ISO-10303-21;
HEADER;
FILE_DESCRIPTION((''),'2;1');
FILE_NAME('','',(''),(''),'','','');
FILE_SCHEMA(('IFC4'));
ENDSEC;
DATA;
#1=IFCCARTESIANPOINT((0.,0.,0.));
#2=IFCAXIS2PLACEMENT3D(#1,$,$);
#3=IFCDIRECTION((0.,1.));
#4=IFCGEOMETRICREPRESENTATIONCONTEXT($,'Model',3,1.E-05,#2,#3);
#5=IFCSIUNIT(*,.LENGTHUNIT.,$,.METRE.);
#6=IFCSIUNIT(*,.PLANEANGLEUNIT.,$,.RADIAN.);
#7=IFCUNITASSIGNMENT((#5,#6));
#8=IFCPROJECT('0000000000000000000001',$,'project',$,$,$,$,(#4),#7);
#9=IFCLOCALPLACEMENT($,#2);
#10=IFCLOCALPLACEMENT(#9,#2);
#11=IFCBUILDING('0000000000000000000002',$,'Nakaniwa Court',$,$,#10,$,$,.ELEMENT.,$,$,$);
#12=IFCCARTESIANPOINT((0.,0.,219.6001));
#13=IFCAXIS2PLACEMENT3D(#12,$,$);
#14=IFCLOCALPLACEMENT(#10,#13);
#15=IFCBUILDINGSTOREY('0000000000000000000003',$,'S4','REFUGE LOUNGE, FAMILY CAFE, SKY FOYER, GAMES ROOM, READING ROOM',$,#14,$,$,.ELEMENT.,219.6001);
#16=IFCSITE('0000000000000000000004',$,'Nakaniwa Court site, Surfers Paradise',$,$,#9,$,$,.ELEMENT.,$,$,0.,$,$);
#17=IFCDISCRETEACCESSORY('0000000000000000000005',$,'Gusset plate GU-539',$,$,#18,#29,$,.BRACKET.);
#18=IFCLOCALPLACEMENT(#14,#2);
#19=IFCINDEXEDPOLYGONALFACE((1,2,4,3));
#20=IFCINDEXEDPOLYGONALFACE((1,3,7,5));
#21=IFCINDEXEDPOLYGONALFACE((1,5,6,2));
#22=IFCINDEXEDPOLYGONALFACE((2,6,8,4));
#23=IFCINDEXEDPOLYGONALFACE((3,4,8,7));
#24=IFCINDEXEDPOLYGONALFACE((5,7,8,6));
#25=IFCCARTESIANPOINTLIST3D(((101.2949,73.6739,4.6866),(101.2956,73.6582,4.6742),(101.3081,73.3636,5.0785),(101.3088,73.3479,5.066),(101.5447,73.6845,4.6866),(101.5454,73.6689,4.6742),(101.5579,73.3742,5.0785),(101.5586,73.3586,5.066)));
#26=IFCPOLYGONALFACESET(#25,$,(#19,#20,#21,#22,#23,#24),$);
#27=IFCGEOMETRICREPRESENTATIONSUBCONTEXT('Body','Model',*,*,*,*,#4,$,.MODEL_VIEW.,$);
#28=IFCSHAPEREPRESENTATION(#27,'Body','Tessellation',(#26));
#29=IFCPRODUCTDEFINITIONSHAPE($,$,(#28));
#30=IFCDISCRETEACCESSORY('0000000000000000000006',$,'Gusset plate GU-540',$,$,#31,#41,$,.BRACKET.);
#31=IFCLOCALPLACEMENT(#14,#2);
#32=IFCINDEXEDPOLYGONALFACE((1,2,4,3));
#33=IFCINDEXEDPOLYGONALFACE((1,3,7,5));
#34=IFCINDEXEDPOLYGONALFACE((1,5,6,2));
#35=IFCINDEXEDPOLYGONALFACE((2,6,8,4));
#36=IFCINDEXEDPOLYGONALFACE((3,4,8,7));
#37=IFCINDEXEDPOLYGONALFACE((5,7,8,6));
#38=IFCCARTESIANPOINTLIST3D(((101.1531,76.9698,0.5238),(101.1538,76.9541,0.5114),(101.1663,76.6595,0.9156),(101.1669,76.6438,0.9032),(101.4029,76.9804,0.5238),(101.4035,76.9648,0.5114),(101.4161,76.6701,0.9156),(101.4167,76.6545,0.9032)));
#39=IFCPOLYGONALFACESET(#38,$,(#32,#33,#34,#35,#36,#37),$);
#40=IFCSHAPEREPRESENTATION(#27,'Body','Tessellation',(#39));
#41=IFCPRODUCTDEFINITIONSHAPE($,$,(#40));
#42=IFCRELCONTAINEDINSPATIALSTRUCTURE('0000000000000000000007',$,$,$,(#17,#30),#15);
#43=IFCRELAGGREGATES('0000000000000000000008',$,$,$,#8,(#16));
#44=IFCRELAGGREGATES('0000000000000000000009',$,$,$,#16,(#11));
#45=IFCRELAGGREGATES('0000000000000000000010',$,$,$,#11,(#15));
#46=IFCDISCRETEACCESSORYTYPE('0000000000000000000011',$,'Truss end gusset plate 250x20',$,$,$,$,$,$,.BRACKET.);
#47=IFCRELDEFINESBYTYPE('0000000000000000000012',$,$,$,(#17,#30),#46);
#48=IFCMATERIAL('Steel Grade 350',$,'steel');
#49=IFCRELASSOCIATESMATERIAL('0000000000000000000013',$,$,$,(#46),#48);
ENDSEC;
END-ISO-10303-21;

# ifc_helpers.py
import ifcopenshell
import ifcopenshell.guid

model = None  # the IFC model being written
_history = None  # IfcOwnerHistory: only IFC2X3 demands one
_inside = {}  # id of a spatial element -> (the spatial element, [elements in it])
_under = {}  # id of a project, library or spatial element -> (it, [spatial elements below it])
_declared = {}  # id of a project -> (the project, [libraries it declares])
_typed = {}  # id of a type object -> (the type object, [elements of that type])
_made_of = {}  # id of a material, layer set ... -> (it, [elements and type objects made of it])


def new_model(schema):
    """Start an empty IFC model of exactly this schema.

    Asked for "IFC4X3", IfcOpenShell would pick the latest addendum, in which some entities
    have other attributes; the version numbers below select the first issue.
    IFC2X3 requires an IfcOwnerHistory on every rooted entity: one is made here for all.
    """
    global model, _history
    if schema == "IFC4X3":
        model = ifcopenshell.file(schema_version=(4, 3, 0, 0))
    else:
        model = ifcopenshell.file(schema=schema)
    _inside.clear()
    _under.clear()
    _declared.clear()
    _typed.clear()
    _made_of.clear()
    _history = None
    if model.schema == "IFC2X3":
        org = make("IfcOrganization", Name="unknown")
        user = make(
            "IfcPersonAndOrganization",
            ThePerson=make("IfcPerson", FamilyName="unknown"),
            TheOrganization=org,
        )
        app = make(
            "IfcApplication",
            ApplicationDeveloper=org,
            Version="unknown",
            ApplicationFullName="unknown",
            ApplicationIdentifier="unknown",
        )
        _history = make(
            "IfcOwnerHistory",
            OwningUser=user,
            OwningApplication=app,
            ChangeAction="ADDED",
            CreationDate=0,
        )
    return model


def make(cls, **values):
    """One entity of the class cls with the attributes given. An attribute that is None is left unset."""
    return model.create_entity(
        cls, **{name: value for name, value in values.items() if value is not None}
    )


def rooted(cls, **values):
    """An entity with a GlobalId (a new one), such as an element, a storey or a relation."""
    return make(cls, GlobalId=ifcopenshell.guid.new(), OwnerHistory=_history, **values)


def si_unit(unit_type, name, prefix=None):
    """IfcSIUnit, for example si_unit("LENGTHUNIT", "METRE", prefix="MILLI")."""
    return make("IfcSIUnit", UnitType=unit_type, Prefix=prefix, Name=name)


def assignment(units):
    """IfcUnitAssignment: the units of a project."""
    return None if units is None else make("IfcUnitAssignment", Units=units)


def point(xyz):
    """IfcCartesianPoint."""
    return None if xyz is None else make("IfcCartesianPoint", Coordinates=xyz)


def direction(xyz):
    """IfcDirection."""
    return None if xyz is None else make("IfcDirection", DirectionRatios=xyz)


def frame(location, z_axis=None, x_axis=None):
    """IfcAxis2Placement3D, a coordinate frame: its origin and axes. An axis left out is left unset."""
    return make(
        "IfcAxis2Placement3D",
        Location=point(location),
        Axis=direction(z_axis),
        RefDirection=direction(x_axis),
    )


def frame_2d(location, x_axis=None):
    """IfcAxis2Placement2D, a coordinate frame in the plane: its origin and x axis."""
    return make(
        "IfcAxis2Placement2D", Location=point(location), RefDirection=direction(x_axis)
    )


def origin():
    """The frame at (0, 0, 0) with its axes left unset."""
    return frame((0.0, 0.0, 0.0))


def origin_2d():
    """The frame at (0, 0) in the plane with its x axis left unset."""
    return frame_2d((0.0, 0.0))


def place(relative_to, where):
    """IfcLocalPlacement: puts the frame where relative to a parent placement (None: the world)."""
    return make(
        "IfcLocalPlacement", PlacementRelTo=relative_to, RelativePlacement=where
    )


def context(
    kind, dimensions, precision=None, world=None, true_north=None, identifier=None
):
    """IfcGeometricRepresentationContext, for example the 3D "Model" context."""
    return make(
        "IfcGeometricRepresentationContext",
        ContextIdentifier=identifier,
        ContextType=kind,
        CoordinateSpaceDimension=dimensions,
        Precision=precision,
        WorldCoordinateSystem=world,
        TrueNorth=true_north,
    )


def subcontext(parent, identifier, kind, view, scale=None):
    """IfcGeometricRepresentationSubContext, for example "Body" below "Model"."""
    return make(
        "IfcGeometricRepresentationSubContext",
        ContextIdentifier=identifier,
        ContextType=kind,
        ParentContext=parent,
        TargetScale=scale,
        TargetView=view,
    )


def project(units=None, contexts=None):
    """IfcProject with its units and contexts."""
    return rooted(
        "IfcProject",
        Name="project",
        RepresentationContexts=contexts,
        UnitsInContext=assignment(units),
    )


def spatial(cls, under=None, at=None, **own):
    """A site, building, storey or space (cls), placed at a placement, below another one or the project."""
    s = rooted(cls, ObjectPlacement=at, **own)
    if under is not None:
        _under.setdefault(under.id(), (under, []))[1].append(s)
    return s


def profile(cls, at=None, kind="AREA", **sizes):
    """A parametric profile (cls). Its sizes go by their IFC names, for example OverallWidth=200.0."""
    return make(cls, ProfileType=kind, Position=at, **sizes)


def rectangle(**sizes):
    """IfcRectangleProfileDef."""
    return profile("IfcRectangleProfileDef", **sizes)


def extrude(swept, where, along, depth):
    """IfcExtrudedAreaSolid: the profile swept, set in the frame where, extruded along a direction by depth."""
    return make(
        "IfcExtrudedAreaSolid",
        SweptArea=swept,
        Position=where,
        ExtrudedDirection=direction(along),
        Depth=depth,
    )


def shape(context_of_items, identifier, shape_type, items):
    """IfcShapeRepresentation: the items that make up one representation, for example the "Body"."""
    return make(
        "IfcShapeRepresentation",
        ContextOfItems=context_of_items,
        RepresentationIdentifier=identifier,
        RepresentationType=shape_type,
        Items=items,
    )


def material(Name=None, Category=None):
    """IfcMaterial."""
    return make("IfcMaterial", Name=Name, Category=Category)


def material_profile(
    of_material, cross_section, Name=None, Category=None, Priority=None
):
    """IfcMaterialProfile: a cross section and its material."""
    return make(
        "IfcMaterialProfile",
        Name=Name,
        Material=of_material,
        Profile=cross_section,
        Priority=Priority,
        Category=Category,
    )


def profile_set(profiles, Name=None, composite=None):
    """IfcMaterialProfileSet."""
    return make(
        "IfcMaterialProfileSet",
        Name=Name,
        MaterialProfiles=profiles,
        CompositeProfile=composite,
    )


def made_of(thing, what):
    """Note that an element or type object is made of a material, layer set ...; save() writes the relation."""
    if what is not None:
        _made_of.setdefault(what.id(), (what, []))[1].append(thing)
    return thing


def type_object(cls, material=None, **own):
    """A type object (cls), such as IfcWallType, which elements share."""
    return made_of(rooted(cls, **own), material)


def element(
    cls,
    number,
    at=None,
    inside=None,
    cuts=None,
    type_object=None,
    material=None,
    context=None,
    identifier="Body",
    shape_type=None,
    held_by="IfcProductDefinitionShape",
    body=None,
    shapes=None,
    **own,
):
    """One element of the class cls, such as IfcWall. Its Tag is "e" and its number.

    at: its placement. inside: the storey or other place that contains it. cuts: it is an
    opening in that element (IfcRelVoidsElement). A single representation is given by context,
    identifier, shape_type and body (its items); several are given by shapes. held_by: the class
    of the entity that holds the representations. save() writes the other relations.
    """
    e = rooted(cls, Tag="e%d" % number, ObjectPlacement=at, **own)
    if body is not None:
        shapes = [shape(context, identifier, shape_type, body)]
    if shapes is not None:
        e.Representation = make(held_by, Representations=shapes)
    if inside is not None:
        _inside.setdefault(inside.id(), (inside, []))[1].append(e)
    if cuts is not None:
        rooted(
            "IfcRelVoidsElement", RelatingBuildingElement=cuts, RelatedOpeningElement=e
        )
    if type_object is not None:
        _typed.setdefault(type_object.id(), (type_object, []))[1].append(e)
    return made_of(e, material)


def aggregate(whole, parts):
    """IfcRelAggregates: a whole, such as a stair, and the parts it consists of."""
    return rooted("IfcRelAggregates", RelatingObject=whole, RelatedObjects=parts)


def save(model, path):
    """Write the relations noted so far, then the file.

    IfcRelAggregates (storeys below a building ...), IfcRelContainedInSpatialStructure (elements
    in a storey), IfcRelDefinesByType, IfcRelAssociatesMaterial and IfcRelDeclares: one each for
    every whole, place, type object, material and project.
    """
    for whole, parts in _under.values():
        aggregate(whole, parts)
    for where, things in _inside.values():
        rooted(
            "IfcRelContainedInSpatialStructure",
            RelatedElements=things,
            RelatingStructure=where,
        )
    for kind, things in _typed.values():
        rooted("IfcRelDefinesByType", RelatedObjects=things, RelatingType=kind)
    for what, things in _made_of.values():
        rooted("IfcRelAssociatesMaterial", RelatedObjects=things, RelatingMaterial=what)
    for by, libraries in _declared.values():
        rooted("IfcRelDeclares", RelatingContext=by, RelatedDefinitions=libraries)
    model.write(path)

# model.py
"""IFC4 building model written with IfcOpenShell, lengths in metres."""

from ifc_helpers import new_model, si_unit, direction, frame, origin, origin_2d, place, context, subcontext, project, spatial, rectangle, extrude, material, material_profile, profile_set, type_object, element, save


model = new_model("IFC4")

# Units and contexts
model_context = context("Model", 3, precision=1e-05, world=origin(), true_north=direction((0.0, 1.0)))
body_context = subcontext(model_context, "Body", "Model", "MODEL_VIEW")
ifc_project = project(units=[si_unit("LENGTHUNIT", "METRE"), si_unit("PLANEANGLEUNIT", "RADIAN")], contexts=[model_context])

# Site, building, storey
site_placement = place(None, origin())
site = spatial("IfcSite", under=ifc_project, at=site_placement, Name="Nakaniwa Court site, Surfers Paradise", CompositionType="ELEMENT", RefElevation=0.0)
building_placement = place(site_placement, origin())
building = spatial("IfcBuilding", under=site, at=building_placement, Name="Nakaniwa Court", CompositionType="ELEMENT")
storey_placement = place(building_placement, frame((0.0, 0.0, 219.6001)))
storey = spatial("IfcBuildingStorey", under=building, at=storey_placement, Name="S4", Description="REFUGE LOUNGE, FAMILY CAFE, SKY FOYER, GAMES ROOM, READING ROOM", CompositionType="ELEMENT", Elevation=219.6001)

# Shared definitions
ifc_material_1 = material(Name="Steel Grade 350", Category="steel")

# Discrete accessories
ifc_material_profile_1 = material_profile(ifc_material_1, rectangle(XDim=0.25, YDim=0.02, at=origin_2d()), Name="Truss end gusset plate 250x20")
ifc_profile_set_1 = profile_set([ifc_material_profile_1], Name="Steel Grade 350")
discrete_accessory_type = type_object("IfcDiscreteAccessoryType", Name="Truss end gusset plate 250x20", PredefinedType="BRACKET", material=ifc_profile_set_1)
for number, where, z_axis, x_axis, name in (
    (1, (101.4202, 73.6714, 4.6804), (0.026367, -0.6206, 0.783684), (0.999099, 0.042448, 0.0), "Gusset plate GU-539"),
    (2, (101.2915, 76.657, 0.9094), (-0.026367, 0.6206, -0.783684), (-0.999099, -0.042448, 0.0), "Gusset plate GU-540"),
):
    element("IfcDiscreteAccessory", number, at=place(storey_placement, frame(where, z_axis=z_axis, x_axis=x_axis)), inside=storey, type_object=discrete_accessory_type, Name=name, PredefinedType="BRACKET", context=body_context, shape_type="SweptSolid", body=[
        extrude(rectangle(XDim=0.25, YDim=0.02, at=origin_2d()), origin(), (0.0, 0.0, 1.0), 0.5),
    ])

save(model, "model.ifc")
